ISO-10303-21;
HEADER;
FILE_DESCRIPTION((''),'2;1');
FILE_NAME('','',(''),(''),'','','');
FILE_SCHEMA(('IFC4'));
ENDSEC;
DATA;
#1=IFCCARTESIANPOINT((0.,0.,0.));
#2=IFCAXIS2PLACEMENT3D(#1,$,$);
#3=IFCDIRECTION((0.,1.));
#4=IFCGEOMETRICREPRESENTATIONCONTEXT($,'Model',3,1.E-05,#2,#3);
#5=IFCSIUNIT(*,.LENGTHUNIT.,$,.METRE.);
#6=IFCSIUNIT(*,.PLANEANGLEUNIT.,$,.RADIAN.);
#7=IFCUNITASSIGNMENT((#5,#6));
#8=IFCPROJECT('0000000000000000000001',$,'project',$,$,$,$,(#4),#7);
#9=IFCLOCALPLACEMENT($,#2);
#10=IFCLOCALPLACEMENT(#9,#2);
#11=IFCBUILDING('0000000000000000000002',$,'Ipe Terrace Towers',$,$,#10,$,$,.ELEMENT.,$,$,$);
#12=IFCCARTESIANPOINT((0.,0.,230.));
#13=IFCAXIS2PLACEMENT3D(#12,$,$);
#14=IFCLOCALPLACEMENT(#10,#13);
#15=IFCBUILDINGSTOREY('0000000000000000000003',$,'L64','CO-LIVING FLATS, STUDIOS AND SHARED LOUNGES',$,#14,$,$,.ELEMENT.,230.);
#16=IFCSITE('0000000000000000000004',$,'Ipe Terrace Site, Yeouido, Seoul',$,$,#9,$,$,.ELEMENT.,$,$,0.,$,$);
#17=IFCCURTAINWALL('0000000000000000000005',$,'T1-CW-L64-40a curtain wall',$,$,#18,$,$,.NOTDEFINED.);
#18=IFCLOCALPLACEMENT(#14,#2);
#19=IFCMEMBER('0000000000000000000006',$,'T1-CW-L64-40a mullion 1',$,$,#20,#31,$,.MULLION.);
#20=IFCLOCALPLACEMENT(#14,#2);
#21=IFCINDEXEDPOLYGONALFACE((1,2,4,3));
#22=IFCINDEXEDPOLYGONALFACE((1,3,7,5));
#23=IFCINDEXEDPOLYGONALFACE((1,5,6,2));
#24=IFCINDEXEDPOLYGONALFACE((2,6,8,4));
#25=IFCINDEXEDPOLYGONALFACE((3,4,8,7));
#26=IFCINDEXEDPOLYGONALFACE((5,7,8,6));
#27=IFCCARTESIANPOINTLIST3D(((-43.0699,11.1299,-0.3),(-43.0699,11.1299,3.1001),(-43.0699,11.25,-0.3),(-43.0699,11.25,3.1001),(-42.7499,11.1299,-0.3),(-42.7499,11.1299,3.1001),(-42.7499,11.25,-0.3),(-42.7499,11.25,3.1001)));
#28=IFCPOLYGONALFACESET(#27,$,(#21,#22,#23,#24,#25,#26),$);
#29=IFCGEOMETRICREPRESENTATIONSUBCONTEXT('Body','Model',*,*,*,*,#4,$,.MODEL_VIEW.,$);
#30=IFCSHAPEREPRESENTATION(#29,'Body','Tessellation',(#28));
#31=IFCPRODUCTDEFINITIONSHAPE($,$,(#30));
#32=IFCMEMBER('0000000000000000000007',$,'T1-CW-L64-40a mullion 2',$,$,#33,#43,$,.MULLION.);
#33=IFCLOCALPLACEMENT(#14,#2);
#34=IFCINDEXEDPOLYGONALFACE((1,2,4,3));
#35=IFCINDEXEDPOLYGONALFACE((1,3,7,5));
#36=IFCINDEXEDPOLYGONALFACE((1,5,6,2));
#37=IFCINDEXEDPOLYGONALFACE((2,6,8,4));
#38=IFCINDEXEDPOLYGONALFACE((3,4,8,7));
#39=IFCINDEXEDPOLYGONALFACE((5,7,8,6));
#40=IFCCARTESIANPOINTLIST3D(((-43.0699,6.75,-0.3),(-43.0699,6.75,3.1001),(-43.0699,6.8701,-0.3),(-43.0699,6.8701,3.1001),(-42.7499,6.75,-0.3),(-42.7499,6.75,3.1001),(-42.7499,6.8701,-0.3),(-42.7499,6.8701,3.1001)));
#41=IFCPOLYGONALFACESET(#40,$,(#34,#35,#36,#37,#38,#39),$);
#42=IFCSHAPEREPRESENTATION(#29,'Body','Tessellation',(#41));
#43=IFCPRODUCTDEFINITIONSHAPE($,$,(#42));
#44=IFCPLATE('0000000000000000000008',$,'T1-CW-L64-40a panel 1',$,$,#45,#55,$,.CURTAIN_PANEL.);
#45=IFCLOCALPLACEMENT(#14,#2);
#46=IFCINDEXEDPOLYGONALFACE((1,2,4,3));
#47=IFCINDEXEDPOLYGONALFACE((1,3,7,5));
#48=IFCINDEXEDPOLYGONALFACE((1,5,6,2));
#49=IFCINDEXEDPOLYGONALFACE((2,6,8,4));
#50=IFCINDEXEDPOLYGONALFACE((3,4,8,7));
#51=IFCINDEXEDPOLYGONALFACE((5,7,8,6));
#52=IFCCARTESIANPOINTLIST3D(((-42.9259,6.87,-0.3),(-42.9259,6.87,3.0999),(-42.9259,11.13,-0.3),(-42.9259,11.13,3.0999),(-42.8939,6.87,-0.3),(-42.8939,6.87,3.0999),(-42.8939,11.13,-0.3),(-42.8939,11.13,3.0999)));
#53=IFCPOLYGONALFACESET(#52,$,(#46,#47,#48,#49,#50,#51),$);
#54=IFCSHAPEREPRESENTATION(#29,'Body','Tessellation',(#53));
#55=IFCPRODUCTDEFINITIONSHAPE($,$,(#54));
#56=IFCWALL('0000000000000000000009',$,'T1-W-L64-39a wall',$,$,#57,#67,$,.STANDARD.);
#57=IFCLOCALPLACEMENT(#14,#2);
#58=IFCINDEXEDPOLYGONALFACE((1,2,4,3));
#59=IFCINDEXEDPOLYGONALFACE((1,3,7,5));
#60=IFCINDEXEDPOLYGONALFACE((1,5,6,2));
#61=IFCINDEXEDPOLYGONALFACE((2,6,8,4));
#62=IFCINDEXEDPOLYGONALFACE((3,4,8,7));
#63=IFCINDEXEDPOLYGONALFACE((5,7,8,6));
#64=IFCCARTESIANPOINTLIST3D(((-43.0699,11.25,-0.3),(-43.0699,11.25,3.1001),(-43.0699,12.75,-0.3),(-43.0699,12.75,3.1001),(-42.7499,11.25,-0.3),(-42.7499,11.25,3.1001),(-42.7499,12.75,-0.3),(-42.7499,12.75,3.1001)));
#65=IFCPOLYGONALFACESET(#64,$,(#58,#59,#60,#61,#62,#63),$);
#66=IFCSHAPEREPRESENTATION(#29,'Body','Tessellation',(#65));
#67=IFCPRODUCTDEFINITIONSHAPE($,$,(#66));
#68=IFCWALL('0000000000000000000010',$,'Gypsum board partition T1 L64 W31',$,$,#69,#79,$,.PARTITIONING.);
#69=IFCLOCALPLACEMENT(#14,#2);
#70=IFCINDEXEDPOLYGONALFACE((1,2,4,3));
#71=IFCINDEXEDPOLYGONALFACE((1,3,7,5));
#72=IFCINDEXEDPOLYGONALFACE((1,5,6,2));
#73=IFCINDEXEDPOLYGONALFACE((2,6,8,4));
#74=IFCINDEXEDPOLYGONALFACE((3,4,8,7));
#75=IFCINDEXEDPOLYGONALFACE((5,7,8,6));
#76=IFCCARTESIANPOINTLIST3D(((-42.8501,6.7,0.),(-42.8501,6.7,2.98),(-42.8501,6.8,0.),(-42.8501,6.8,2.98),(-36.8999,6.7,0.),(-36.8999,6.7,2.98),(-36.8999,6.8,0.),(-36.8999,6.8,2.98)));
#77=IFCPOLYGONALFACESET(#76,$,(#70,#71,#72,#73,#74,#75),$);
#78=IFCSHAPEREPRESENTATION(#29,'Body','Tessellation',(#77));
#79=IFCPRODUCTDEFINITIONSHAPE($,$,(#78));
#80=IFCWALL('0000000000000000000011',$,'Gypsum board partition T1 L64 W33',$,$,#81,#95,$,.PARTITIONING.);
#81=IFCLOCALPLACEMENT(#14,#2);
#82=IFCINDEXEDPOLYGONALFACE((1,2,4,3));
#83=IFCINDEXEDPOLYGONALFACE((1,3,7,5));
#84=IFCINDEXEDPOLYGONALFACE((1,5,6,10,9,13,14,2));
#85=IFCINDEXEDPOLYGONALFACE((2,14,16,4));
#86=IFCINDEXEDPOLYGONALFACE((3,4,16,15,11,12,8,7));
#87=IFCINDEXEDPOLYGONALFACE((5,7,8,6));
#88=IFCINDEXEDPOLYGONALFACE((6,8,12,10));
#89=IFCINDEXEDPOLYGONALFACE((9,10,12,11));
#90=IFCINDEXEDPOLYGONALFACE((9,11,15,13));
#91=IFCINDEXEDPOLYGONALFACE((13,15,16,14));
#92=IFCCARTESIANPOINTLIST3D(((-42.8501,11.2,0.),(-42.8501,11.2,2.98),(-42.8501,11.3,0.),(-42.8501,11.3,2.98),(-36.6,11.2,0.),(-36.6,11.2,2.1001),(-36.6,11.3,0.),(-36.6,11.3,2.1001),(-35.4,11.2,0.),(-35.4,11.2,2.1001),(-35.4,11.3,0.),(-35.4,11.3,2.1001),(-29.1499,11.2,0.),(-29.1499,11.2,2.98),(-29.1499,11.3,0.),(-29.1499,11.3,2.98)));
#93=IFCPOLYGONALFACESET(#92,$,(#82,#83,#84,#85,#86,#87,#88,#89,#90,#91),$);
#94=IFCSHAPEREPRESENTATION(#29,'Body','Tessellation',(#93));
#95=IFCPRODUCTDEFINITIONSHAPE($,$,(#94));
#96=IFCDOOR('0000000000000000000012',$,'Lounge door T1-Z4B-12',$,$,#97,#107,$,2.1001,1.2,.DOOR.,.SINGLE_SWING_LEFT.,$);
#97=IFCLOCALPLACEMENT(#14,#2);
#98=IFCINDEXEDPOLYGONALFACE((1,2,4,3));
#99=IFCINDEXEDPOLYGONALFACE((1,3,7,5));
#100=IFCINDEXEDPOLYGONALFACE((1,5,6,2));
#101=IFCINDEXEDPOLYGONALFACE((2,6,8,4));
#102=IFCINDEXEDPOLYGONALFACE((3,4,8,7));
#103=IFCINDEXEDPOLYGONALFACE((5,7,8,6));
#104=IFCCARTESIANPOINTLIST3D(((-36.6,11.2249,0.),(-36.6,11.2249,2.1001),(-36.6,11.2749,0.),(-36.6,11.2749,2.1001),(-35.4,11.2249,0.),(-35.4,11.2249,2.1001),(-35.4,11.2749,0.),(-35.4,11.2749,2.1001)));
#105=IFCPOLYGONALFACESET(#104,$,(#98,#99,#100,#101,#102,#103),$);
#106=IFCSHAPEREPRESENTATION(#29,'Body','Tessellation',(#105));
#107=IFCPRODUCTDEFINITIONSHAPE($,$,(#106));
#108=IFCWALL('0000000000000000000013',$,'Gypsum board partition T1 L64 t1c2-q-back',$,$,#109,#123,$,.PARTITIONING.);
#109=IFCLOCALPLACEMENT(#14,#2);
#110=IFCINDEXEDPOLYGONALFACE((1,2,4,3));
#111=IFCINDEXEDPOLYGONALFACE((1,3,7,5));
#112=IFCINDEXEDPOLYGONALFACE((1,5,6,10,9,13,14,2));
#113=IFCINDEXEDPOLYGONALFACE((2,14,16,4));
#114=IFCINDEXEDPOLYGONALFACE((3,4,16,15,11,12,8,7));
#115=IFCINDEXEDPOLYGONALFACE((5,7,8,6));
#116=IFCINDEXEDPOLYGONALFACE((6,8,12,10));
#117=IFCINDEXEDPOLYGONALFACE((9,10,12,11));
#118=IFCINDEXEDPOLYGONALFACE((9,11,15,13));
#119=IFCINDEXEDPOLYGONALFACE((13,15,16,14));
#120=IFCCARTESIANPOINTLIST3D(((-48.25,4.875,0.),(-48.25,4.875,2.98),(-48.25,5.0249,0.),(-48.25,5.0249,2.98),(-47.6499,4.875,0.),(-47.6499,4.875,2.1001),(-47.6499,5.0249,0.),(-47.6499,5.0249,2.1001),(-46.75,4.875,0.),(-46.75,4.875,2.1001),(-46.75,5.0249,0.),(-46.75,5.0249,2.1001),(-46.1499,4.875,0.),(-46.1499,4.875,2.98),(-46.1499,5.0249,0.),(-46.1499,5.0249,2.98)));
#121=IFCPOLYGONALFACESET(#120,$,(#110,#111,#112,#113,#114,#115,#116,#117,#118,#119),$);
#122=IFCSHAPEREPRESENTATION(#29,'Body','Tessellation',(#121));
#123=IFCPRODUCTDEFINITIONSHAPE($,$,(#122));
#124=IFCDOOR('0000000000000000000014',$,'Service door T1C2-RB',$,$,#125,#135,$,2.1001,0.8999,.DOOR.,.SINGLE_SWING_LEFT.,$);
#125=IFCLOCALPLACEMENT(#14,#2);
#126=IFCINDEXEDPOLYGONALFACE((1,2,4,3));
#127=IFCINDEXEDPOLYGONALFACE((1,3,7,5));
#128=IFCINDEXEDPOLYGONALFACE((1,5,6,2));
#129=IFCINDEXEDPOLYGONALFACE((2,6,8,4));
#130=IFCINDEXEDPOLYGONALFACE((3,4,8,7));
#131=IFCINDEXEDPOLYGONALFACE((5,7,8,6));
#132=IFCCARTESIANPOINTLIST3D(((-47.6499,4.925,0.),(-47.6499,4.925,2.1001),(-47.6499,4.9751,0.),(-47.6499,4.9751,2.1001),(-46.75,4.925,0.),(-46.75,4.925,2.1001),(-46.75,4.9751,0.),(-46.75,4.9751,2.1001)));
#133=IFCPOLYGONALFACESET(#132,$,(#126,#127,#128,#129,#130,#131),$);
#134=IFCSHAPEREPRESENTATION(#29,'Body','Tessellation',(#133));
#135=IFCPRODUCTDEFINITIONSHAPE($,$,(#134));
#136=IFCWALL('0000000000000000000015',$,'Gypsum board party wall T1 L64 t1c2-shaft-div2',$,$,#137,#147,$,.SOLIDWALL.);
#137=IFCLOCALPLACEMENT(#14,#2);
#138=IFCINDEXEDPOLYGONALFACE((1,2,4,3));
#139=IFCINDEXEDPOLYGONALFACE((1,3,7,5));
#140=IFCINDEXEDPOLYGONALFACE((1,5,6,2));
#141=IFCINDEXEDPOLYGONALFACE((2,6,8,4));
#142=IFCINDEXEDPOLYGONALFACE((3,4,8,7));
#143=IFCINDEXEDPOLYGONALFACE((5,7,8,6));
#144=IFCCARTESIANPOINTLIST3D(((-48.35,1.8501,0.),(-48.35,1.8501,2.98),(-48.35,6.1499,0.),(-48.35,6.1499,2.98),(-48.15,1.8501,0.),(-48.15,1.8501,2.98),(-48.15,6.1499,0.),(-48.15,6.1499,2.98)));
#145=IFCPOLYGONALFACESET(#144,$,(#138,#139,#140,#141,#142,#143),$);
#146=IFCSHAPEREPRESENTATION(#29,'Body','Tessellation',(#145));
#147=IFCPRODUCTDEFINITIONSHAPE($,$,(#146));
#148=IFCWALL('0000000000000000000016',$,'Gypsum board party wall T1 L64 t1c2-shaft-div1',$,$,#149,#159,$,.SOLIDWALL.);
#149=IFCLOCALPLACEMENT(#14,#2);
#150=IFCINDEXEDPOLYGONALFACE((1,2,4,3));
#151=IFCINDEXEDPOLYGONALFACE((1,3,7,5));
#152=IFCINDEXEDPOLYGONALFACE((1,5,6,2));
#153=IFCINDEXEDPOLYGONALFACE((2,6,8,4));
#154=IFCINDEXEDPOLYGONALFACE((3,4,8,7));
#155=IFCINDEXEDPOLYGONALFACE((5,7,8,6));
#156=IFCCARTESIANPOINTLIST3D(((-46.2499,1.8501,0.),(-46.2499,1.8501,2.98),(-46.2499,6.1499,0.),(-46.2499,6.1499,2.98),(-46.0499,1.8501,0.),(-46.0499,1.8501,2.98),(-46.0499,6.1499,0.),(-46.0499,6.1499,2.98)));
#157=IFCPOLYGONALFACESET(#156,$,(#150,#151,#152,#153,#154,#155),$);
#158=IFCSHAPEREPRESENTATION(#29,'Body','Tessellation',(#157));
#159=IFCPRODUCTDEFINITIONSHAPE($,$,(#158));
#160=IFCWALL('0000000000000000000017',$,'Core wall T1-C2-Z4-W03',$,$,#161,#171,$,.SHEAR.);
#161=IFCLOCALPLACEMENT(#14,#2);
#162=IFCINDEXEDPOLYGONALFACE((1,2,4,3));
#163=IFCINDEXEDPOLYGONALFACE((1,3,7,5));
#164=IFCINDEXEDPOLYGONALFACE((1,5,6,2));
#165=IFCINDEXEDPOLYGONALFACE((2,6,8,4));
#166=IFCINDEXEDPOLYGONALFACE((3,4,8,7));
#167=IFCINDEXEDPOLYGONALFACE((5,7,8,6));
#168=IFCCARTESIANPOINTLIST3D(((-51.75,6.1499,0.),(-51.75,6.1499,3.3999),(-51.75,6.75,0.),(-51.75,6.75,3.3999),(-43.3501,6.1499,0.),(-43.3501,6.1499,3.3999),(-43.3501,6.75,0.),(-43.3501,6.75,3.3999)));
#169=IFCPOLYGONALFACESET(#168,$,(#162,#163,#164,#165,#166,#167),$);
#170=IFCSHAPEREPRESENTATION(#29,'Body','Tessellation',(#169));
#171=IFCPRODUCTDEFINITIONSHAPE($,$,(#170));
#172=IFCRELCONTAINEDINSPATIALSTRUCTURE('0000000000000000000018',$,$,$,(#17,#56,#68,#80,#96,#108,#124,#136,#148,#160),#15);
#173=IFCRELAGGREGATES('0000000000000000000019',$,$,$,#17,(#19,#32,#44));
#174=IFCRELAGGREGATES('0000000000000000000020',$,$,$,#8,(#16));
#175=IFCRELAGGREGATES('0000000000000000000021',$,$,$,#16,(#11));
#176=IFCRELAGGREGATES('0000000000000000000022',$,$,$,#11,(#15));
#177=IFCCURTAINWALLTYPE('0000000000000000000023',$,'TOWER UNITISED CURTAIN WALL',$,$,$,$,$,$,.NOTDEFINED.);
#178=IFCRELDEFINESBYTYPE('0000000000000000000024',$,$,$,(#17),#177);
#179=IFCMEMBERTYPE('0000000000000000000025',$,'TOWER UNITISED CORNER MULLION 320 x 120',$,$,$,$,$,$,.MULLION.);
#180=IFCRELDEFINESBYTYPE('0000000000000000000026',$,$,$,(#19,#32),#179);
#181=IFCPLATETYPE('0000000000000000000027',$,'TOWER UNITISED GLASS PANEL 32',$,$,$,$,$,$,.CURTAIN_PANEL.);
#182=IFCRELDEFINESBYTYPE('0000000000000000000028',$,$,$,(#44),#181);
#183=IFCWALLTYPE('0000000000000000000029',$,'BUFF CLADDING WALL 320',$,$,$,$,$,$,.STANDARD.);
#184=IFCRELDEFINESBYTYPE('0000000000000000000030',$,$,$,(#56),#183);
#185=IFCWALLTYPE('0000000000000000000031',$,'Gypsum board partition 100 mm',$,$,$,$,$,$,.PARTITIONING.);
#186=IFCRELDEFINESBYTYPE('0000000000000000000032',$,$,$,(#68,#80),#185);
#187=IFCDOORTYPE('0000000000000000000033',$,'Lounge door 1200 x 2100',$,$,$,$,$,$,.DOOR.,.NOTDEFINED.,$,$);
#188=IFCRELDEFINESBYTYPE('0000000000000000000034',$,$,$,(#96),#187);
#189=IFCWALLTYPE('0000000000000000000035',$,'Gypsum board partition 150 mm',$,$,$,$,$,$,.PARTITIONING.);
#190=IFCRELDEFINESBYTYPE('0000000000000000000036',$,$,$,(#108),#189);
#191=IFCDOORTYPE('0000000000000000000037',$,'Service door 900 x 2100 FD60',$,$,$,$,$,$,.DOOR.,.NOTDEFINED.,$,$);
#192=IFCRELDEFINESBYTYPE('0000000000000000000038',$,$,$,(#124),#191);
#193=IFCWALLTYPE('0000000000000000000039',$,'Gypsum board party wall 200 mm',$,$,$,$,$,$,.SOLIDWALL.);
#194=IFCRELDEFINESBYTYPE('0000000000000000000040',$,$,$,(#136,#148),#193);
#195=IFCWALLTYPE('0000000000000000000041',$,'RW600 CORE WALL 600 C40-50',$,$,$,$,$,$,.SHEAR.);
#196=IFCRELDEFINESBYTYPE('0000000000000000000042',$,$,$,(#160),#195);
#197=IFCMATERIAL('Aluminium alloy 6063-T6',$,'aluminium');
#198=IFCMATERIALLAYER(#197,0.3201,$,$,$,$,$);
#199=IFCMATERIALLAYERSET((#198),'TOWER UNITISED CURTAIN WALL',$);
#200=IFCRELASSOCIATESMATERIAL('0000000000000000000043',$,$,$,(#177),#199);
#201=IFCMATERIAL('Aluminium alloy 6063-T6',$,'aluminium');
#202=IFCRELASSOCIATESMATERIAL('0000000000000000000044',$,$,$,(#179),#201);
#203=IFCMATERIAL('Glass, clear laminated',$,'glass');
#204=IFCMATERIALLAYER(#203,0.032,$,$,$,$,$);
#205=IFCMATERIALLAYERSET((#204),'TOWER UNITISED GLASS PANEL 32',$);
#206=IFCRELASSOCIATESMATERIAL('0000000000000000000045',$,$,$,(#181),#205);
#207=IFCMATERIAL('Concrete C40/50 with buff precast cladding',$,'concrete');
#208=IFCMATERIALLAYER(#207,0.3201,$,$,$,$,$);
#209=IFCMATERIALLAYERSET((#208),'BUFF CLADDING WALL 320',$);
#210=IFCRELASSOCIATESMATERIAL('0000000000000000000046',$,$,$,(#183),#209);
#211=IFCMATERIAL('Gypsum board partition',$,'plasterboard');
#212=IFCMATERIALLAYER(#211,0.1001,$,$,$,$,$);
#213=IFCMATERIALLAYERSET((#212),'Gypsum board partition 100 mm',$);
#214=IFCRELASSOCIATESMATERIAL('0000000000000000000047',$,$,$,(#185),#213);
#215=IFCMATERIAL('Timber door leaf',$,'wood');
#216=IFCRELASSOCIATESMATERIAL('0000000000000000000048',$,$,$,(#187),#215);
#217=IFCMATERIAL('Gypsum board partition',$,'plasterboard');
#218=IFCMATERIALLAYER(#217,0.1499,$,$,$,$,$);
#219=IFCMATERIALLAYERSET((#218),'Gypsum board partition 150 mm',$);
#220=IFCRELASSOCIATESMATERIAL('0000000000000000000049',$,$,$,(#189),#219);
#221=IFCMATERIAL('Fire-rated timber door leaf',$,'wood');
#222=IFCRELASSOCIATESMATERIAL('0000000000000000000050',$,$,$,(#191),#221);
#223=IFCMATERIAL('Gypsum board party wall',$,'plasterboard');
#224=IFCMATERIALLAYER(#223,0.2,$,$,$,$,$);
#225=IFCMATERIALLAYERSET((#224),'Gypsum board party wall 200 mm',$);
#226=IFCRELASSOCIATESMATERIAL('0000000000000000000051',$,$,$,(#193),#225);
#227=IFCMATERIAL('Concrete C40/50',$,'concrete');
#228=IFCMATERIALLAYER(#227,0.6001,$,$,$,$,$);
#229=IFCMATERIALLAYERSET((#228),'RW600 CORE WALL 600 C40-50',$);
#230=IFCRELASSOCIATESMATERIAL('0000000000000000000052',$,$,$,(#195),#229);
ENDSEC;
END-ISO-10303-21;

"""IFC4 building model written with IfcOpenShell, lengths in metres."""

from ifc_helpers import new_model, si_unit, direction, frame, frame_2d, origin, origin_2d, place, context, subcontext, project, spatial, rectangle, extrude, material, layer, layer_set, material_profile, profile_set, type_object, element, fill, aggregate, save


model = new_model("IFC4")

# Units and contexts
model_context = context("Model", 3, precision=1e-05, world=origin(), true_north=direction((0.0, 1.0)))
body_context = subcontext(model_context, "Body", "Model", "MODEL_VIEW")
ifc_project = project(units=[si_unit("LENGTHUNIT", "METRE"), si_unit("PLANEANGLEUNIT", "RADIAN")], contexts=[model_context])

# Site, building, storey
site_placement = place(None, origin())
site = spatial("IfcSite", under=ifc_project, at=site_placement, Name="Ipe Terrace Site, Yeouido, Seoul", CompositionType="ELEMENT", RefElevation=0.0)
building_placement = place(site_placement, origin())
building = spatial("IfcBuilding", under=site, at=building_placement, Name="Ipe Terrace Towers", CompositionType="ELEMENT")
storey_placement = place(building_placement, frame((0.0, 0.0, 230.0)))
storey = spatial("IfcBuildingStorey", under=building, at=storey_placement, Name="L64", Description="CO-LIVING FLATS, STUDIOS AND SHARED LOUNGES", CompositionType="ELEMENT", Elevation=230.0)

# Curtain wall, members, plate
ifc_material_1 = material(Name="Aluminium alloy 6063-T6", Category="aluminium")
ifc_layer_1 = layer(ifc_material_1, 0.3201)
ifc_layer_set_1 = layer_set([ifc_layer_1], Name="TOWER UNITISED CURTAIN WALL")
curtain_wall_type = type_object("IfcCurtainWallType", Name="TOWER UNITISED CURTAIN WALL", PredefinedType="NOTDEFINED", material=ifc_layer_set_1)
curtain_wall_placement = place(storey_placement, origin())
curtain_wall = element("IfcCurtainWall", 1, at=curtain_wall_placement, inside=storey, type_object=curtain_wall_type, Name="T1-CW-L64-40a curtain wall", PredefinedType="NOTDEFINED")
ifc_material_2 = material(Name="Aluminium alloy 6063-T6", Category="aluminium")
ifc_material_profile = material_profile(ifc_material_2, rectangle(XDim=0.3201, YDim=0.1201, at=origin_2d()), Name="TOWER UNITISED CORNER MULLION 320 x 120")
ifc_profile_set = profile_set([ifc_material_profile], Name="Aluminium alloy 6063-T6")
member_type = type_object("IfcMemberType", Name="TOWER UNITISED CORNER MULLION 320 x 120", PredefinedType="MULLION", material=ifc_profile_set)
member_1_placement = place(storey_placement, frame((-42.9099, 11.1899, -0.3), z_axis=(0.0, 0.0, 1.0), x_axis=(-1.0, 0.0, 0.0)))
member_1 = element("IfcMember", 2, at=member_1_placement, type_object=member_type, Name="T1-CW-L64-40a mullion 1", PredefinedType="MULLION", context=body_context, shape_type="SweptSolid", body=[
    extrude(rectangle(XDim=0.3201, YDim=0.1201, at=origin_2d()), origin(), (0.0, 0.0, 1.0), 3.4001),
])
member_2_placement = place(storey_placement, frame((-42.9099, 6.8101, -0.3), z_axis=(0.0, 0.0, 1.0), x_axis=(-1.0, 0.0, 0.0)))
member_2 = element("IfcMember", 3, at=member_2_placement, type_object=member_type, Name="T1-CW-L64-40a mullion 2", PredefinedType="MULLION", context=body_context, shape_type="SweptSolid", body=[
    extrude(rectangle(XDim=0.3201, YDim=0.1201, at=origin_2d()), origin(), (0.0, 0.0, 1.0), 3.4001),
])
ifc_material_3 = material(Name="Glass, clear laminated", Category="glass")
ifc_layer_2 = layer(ifc_material_3, 0.032)
ifc_layer_set_2 = layer_set([ifc_layer_2], Name="TOWER UNITISED GLASS PANEL 32")
plate_type = type_object("IfcPlateType", Name="TOWER UNITISED GLASS PANEL 32", PredefinedType="CURTAIN_PANEL", material=ifc_layer_set_2)
plate_placement = place(storey_placement, frame((-42.9099, 9.0, -0.3), z_axis=(0.0, 0.0, 1.0), x_axis=(0.0, -1.0, 0.0)))
plate = element("IfcPlate", 4, at=plate_placement, type_object=plate_type, Name="T1-CW-L64-40a panel 1", PredefinedType="CURTAIN_PANEL", context=body_context, shape_type="SweptSolid", body=[
    extrude(rectangle(XDim=4.26, YDim=0.032, at=origin_2d()), origin(), (0.0, 0.0, 1.0), 3.3999),
])
aggregate(curtain_wall, [member_1, member_2, plate])

# Walls
ifc_material_4 = material(Name="Concrete C40/50 with buff precast cladding", Category="concrete")
ifc_layer_3 = layer(ifc_material_4, 0.3201)
ifc_layer_set_3 = layer_set([ifc_layer_3], Name="BUFF CLADDING WALL 320")
wall_type_1 = type_object("IfcWallType", Name="BUFF CLADDING WALL 320", PredefinedType="STANDARD", material=ifc_layer_set_3)
wall_1_placement = place(storey_placement, frame((-42.9099, 12.75, -0.3), z_axis=(0.0, 0.0, 1.0), x_axis=(0.0, -1.0, 0.0)))
element("IfcWall", 5, at=wall_1_placement, inside=storey, type_object=wall_type_1, Name="T1-W-L64-39a wall", PredefinedType="STANDARD", context=body_context, shape_type="SweptSolid", body=[
    extrude(rectangle(XDim=1.5, YDim=0.3201, at=frame_2d((0.75, 0.0))), origin(), (0.0, 0.0, 1.0), 3.4001),
])
ifc_material_5 = material(Name="Gypsum board partition", Category="plasterboard")
ifc_layer_4 = layer(ifc_material_5, 0.1001)
ifc_layer_set_4 = layer_set([ifc_layer_4], Name="Gypsum board partition 100 mm")
wall_type_2 = type_object("IfcWallType", Name="Gypsum board partition 100 mm", PredefinedType="PARTITIONING", material=ifc_layer_set_4)
wall_2_placement = place(storey_placement, frame((-42.8501, 6.75, 0.0), z_axis=(0.0, 0.0, 1.0), x_axis=(1.0, 0.0, 0.0)))
element("IfcWall", 6, at=wall_2_placement, inside=storey, type_object=wall_type_2, Name="Gypsum board partition T1 L64 W31", PredefinedType="PARTITIONING", context=body_context, shape_type="SweptSolid", body=[
    extrude(rectangle(XDim=5.9502, YDim=0.1001, at=frame_2d((2.9751, 0.0))), origin(), (0.0, 0.0, 1.0), 2.98),
])

# Walls, openings, doors
wall_3_placement = place(storey_placement, frame((-42.8501, 11.25, 0.0), z_axis=(0.0, 0.0, 1.0), x_axis=(1.0, 0.0, 0.0)))
wall_3 = element("IfcWall", 7, at=wall_3_placement, inside=storey, type_object=wall_type_2, Name="Gypsum board partition T1 L64 W33", PredefinedType="PARTITIONING", context=body_context, shape_type="SweptSolid", body=[
    extrude(rectangle(XDim=13.7002, YDim=0.1001, at=frame_2d((6.8501, 0.0))), origin(), (0.0, 0.0, 1.0), 2.98),
])
opening_1_placement = place(wall_3_placement, frame((6.25, 0.0, 0.0)))
opening_1 = element("IfcOpeningElement", 8, at=opening_1_placement, cuts=wall_3, PredefinedType="OPENING", context=body_context, shape_type="SweptSolid", body=[
    extrude(rectangle(XDim=1.2, YDim=2.1001, at=frame_2d((0.6001, 1.05))), frame((0.0, 0.0601, 0.0), z_axis=(0.0, -1.0, 0.0), x_axis=(1.0, 0.0, 0.0)), (0.0, 0.0, 1.0), 0.1201),
])
ifc_material_6 = material(Name="Timber door leaf", Category="wood")
door_type_1 = type_object("IfcDoorType", Name="Lounge door 1200 x 2100", OperationType="NOTDEFINED", PredefinedType="DOOR", material=ifc_material_6)
door_1_placement = place(opening_1_placement, origin())
door_1 = element("IfcDoor", 9, at=door_1_placement, inside=storey, type_object=door_type_1, Name="Lounge door T1-Z4B-12", OperationType="SINGLE_SWING_LEFT", OverallHeight=2.1001, OverallWidth=1.2, PredefinedType="DOOR", context=body_context, shape_type="SweptSolid", body=[
    extrude(rectangle(XDim=1.2, YDim=2.1001, at=frame_2d((0.6001, 1.05))), frame((0.0, 0.0249, 0.0), z_axis=(0.0, -1.0, 0.0), x_axis=(1.0, 0.0, 0.0)), (0.0, 0.0, 1.0), 0.05),
])
fill(opening_1, door_1)
ifc_material_7 = material(Name="Gypsum board partition", Category="plasterboard")
ifc_layer_5 = layer(ifc_material_7, 0.1499)
ifc_layer_set_5 = layer_set([ifc_layer_5], Name="Gypsum board partition 150 mm")
wall_type_3 = type_object("IfcWallType", Name="Gypsum board partition 150 mm", PredefinedType="PARTITIONING", material=ifc_layer_set_5)
wall_4_placement = place(storey_placement, frame((-46.1499, 4.95, 0.0), z_axis=(0.0, 0.0, 1.0), x_axis=(-1.0, 0.0, 0.0)))
wall_4 = element("IfcWall", 10, at=wall_4_placement, inside=storey, type_object=wall_type_3, Name="Gypsum board partition T1 L64 t1c2-q-back", PredefinedType="PARTITIONING", context=body_context, shape_type="SweptSolid", body=[
    extrude(rectangle(XDim=2.1001, YDim=0.1499, at=frame_2d((1.05, 0.0))), origin(), (0.0, 0.0, 1.0), 2.98),
])
opening_2_placement = place(wall_4_placement, frame((0.6001, 0.0, 0.0)))
opening_2 = element("IfcOpeningElement", 11, at=opening_2_placement, cuts=wall_4, PredefinedType="OPENING", context=body_context, shape_type="SweptSolid", body=[
    extrude(rectangle(XDim=0.8999, YDim=2.1001, at=frame_2d((0.45, 1.05))), frame((0.0, 0.085, 0.0), z_axis=(0.0, -1.0, 0.0), x_axis=(1.0, 0.0, 0.0)), (0.0, 0.0, 1.0), 0.1699),
])
ifc_material_8 = material(Name="Fire-rated timber door leaf", Category="wood")
door_type_2 = type_object("IfcDoorType", Name="Service door 900 x 2100 FD60", OperationType="NOTDEFINED", PredefinedType="DOOR", material=ifc_material_8)
door_2_placement = place(opening_2_placement, origin())
door_2 = element("IfcDoor", 12, at=door_2_placement, inside=storey, type_object=door_type_2, Name="Service door T1C2-RB", OperationType="SINGLE_SWING_LEFT", OverallHeight=2.1001, OverallWidth=0.8999, PredefinedType="DOOR", context=body_context, shape_type="SweptSolid", body=[
    extrude(rectangle(XDim=0.8999, YDim=2.1001, at=frame_2d((0.45, 1.05))), frame((0.0, 0.0249, 0.0), z_axis=(0.0, -1.0, 0.0), x_axis=(1.0, 0.0, 0.0)), (0.0, 0.0, 1.0), 0.05),
])
fill(opening_2, door_2)

# Walls
ifc_material_9 = material(Name="Gypsum board party wall", Category="plasterboard")
ifc_layer_6 = layer(ifc_material_9, 0.2)
ifc_layer_set_6 = layer_set([ifc_layer_6], Name="Gypsum board party wall 200 mm")
wall_type_4 = type_object("IfcWallType", Name="Gypsum board party wall 200 mm", PredefinedType="SOLIDWALL", material=ifc_layer_set_6)
for number, where, z_axis, x_axis, name in (
    (13, (-48.25, 6.1499, 0.0), (0.0, 0.0, 1.0), (0.0, -1.0, 0.0), "Gypsum board party wall T1 L64 t1c2-shaft-div2"),
    (14, (-46.1499, 6.1499, 0.0), (0.0, 0.0, 1.0), (0.0, -1.0, 0.0), "Gypsum board party wall T1 L64 t1c2-shaft-div1"),
):
    element("IfcWall", number, at=place(storey_placement, frame(where, z_axis=z_axis, x_axis=x_axis)), inside=storey, type_object=wall_type_4, Name=name, PredefinedType="SOLIDWALL", context=body_context, shape_type="SweptSolid", body=[
        extrude(rectangle(XDim=4.2998, YDim=0.2, at=frame_2d((2.1499, 0.0))), origin(), (0.0, 0.0, 1.0), 2.98),
    ])
ifc_material_10 = material(Name="Concrete C40/50", Category="concrete")
ifc_layer_7 = layer(ifc_material_10, 0.6001)
ifc_layer_set_7 = layer_set([ifc_layer_7], Name="RW600 CORE WALL 600 C40-50")
wall_type_5 = type_object("IfcWallType", Name="RW600 CORE WALL 600 C40-50", PredefinedType="SHEAR", material=ifc_layer_set_7)
wall_5_placement = place(storey_placement, frame((-43.3501, 6.45, 0.0), z_axis=(0.0, 0.0, 1.0), x_axis=(-1.0, 0.0, 0.0)))
element("IfcWall", 15, at=wall_5_placement, inside=storey, type_object=wall_type_5, Name="Core wall T1-C2-Z4-W03", PredefinedType="SHEAR", context=body_context, shape_type="SweptSolid", body=[
    extrude(rectangle(XDim=8.3999, YDim=0.6001, at=frame_2d((4.2, 0.0))), origin(), (0.0, 0.0, 1.0), 3.3999),
])

save(model, "model.ifc")
